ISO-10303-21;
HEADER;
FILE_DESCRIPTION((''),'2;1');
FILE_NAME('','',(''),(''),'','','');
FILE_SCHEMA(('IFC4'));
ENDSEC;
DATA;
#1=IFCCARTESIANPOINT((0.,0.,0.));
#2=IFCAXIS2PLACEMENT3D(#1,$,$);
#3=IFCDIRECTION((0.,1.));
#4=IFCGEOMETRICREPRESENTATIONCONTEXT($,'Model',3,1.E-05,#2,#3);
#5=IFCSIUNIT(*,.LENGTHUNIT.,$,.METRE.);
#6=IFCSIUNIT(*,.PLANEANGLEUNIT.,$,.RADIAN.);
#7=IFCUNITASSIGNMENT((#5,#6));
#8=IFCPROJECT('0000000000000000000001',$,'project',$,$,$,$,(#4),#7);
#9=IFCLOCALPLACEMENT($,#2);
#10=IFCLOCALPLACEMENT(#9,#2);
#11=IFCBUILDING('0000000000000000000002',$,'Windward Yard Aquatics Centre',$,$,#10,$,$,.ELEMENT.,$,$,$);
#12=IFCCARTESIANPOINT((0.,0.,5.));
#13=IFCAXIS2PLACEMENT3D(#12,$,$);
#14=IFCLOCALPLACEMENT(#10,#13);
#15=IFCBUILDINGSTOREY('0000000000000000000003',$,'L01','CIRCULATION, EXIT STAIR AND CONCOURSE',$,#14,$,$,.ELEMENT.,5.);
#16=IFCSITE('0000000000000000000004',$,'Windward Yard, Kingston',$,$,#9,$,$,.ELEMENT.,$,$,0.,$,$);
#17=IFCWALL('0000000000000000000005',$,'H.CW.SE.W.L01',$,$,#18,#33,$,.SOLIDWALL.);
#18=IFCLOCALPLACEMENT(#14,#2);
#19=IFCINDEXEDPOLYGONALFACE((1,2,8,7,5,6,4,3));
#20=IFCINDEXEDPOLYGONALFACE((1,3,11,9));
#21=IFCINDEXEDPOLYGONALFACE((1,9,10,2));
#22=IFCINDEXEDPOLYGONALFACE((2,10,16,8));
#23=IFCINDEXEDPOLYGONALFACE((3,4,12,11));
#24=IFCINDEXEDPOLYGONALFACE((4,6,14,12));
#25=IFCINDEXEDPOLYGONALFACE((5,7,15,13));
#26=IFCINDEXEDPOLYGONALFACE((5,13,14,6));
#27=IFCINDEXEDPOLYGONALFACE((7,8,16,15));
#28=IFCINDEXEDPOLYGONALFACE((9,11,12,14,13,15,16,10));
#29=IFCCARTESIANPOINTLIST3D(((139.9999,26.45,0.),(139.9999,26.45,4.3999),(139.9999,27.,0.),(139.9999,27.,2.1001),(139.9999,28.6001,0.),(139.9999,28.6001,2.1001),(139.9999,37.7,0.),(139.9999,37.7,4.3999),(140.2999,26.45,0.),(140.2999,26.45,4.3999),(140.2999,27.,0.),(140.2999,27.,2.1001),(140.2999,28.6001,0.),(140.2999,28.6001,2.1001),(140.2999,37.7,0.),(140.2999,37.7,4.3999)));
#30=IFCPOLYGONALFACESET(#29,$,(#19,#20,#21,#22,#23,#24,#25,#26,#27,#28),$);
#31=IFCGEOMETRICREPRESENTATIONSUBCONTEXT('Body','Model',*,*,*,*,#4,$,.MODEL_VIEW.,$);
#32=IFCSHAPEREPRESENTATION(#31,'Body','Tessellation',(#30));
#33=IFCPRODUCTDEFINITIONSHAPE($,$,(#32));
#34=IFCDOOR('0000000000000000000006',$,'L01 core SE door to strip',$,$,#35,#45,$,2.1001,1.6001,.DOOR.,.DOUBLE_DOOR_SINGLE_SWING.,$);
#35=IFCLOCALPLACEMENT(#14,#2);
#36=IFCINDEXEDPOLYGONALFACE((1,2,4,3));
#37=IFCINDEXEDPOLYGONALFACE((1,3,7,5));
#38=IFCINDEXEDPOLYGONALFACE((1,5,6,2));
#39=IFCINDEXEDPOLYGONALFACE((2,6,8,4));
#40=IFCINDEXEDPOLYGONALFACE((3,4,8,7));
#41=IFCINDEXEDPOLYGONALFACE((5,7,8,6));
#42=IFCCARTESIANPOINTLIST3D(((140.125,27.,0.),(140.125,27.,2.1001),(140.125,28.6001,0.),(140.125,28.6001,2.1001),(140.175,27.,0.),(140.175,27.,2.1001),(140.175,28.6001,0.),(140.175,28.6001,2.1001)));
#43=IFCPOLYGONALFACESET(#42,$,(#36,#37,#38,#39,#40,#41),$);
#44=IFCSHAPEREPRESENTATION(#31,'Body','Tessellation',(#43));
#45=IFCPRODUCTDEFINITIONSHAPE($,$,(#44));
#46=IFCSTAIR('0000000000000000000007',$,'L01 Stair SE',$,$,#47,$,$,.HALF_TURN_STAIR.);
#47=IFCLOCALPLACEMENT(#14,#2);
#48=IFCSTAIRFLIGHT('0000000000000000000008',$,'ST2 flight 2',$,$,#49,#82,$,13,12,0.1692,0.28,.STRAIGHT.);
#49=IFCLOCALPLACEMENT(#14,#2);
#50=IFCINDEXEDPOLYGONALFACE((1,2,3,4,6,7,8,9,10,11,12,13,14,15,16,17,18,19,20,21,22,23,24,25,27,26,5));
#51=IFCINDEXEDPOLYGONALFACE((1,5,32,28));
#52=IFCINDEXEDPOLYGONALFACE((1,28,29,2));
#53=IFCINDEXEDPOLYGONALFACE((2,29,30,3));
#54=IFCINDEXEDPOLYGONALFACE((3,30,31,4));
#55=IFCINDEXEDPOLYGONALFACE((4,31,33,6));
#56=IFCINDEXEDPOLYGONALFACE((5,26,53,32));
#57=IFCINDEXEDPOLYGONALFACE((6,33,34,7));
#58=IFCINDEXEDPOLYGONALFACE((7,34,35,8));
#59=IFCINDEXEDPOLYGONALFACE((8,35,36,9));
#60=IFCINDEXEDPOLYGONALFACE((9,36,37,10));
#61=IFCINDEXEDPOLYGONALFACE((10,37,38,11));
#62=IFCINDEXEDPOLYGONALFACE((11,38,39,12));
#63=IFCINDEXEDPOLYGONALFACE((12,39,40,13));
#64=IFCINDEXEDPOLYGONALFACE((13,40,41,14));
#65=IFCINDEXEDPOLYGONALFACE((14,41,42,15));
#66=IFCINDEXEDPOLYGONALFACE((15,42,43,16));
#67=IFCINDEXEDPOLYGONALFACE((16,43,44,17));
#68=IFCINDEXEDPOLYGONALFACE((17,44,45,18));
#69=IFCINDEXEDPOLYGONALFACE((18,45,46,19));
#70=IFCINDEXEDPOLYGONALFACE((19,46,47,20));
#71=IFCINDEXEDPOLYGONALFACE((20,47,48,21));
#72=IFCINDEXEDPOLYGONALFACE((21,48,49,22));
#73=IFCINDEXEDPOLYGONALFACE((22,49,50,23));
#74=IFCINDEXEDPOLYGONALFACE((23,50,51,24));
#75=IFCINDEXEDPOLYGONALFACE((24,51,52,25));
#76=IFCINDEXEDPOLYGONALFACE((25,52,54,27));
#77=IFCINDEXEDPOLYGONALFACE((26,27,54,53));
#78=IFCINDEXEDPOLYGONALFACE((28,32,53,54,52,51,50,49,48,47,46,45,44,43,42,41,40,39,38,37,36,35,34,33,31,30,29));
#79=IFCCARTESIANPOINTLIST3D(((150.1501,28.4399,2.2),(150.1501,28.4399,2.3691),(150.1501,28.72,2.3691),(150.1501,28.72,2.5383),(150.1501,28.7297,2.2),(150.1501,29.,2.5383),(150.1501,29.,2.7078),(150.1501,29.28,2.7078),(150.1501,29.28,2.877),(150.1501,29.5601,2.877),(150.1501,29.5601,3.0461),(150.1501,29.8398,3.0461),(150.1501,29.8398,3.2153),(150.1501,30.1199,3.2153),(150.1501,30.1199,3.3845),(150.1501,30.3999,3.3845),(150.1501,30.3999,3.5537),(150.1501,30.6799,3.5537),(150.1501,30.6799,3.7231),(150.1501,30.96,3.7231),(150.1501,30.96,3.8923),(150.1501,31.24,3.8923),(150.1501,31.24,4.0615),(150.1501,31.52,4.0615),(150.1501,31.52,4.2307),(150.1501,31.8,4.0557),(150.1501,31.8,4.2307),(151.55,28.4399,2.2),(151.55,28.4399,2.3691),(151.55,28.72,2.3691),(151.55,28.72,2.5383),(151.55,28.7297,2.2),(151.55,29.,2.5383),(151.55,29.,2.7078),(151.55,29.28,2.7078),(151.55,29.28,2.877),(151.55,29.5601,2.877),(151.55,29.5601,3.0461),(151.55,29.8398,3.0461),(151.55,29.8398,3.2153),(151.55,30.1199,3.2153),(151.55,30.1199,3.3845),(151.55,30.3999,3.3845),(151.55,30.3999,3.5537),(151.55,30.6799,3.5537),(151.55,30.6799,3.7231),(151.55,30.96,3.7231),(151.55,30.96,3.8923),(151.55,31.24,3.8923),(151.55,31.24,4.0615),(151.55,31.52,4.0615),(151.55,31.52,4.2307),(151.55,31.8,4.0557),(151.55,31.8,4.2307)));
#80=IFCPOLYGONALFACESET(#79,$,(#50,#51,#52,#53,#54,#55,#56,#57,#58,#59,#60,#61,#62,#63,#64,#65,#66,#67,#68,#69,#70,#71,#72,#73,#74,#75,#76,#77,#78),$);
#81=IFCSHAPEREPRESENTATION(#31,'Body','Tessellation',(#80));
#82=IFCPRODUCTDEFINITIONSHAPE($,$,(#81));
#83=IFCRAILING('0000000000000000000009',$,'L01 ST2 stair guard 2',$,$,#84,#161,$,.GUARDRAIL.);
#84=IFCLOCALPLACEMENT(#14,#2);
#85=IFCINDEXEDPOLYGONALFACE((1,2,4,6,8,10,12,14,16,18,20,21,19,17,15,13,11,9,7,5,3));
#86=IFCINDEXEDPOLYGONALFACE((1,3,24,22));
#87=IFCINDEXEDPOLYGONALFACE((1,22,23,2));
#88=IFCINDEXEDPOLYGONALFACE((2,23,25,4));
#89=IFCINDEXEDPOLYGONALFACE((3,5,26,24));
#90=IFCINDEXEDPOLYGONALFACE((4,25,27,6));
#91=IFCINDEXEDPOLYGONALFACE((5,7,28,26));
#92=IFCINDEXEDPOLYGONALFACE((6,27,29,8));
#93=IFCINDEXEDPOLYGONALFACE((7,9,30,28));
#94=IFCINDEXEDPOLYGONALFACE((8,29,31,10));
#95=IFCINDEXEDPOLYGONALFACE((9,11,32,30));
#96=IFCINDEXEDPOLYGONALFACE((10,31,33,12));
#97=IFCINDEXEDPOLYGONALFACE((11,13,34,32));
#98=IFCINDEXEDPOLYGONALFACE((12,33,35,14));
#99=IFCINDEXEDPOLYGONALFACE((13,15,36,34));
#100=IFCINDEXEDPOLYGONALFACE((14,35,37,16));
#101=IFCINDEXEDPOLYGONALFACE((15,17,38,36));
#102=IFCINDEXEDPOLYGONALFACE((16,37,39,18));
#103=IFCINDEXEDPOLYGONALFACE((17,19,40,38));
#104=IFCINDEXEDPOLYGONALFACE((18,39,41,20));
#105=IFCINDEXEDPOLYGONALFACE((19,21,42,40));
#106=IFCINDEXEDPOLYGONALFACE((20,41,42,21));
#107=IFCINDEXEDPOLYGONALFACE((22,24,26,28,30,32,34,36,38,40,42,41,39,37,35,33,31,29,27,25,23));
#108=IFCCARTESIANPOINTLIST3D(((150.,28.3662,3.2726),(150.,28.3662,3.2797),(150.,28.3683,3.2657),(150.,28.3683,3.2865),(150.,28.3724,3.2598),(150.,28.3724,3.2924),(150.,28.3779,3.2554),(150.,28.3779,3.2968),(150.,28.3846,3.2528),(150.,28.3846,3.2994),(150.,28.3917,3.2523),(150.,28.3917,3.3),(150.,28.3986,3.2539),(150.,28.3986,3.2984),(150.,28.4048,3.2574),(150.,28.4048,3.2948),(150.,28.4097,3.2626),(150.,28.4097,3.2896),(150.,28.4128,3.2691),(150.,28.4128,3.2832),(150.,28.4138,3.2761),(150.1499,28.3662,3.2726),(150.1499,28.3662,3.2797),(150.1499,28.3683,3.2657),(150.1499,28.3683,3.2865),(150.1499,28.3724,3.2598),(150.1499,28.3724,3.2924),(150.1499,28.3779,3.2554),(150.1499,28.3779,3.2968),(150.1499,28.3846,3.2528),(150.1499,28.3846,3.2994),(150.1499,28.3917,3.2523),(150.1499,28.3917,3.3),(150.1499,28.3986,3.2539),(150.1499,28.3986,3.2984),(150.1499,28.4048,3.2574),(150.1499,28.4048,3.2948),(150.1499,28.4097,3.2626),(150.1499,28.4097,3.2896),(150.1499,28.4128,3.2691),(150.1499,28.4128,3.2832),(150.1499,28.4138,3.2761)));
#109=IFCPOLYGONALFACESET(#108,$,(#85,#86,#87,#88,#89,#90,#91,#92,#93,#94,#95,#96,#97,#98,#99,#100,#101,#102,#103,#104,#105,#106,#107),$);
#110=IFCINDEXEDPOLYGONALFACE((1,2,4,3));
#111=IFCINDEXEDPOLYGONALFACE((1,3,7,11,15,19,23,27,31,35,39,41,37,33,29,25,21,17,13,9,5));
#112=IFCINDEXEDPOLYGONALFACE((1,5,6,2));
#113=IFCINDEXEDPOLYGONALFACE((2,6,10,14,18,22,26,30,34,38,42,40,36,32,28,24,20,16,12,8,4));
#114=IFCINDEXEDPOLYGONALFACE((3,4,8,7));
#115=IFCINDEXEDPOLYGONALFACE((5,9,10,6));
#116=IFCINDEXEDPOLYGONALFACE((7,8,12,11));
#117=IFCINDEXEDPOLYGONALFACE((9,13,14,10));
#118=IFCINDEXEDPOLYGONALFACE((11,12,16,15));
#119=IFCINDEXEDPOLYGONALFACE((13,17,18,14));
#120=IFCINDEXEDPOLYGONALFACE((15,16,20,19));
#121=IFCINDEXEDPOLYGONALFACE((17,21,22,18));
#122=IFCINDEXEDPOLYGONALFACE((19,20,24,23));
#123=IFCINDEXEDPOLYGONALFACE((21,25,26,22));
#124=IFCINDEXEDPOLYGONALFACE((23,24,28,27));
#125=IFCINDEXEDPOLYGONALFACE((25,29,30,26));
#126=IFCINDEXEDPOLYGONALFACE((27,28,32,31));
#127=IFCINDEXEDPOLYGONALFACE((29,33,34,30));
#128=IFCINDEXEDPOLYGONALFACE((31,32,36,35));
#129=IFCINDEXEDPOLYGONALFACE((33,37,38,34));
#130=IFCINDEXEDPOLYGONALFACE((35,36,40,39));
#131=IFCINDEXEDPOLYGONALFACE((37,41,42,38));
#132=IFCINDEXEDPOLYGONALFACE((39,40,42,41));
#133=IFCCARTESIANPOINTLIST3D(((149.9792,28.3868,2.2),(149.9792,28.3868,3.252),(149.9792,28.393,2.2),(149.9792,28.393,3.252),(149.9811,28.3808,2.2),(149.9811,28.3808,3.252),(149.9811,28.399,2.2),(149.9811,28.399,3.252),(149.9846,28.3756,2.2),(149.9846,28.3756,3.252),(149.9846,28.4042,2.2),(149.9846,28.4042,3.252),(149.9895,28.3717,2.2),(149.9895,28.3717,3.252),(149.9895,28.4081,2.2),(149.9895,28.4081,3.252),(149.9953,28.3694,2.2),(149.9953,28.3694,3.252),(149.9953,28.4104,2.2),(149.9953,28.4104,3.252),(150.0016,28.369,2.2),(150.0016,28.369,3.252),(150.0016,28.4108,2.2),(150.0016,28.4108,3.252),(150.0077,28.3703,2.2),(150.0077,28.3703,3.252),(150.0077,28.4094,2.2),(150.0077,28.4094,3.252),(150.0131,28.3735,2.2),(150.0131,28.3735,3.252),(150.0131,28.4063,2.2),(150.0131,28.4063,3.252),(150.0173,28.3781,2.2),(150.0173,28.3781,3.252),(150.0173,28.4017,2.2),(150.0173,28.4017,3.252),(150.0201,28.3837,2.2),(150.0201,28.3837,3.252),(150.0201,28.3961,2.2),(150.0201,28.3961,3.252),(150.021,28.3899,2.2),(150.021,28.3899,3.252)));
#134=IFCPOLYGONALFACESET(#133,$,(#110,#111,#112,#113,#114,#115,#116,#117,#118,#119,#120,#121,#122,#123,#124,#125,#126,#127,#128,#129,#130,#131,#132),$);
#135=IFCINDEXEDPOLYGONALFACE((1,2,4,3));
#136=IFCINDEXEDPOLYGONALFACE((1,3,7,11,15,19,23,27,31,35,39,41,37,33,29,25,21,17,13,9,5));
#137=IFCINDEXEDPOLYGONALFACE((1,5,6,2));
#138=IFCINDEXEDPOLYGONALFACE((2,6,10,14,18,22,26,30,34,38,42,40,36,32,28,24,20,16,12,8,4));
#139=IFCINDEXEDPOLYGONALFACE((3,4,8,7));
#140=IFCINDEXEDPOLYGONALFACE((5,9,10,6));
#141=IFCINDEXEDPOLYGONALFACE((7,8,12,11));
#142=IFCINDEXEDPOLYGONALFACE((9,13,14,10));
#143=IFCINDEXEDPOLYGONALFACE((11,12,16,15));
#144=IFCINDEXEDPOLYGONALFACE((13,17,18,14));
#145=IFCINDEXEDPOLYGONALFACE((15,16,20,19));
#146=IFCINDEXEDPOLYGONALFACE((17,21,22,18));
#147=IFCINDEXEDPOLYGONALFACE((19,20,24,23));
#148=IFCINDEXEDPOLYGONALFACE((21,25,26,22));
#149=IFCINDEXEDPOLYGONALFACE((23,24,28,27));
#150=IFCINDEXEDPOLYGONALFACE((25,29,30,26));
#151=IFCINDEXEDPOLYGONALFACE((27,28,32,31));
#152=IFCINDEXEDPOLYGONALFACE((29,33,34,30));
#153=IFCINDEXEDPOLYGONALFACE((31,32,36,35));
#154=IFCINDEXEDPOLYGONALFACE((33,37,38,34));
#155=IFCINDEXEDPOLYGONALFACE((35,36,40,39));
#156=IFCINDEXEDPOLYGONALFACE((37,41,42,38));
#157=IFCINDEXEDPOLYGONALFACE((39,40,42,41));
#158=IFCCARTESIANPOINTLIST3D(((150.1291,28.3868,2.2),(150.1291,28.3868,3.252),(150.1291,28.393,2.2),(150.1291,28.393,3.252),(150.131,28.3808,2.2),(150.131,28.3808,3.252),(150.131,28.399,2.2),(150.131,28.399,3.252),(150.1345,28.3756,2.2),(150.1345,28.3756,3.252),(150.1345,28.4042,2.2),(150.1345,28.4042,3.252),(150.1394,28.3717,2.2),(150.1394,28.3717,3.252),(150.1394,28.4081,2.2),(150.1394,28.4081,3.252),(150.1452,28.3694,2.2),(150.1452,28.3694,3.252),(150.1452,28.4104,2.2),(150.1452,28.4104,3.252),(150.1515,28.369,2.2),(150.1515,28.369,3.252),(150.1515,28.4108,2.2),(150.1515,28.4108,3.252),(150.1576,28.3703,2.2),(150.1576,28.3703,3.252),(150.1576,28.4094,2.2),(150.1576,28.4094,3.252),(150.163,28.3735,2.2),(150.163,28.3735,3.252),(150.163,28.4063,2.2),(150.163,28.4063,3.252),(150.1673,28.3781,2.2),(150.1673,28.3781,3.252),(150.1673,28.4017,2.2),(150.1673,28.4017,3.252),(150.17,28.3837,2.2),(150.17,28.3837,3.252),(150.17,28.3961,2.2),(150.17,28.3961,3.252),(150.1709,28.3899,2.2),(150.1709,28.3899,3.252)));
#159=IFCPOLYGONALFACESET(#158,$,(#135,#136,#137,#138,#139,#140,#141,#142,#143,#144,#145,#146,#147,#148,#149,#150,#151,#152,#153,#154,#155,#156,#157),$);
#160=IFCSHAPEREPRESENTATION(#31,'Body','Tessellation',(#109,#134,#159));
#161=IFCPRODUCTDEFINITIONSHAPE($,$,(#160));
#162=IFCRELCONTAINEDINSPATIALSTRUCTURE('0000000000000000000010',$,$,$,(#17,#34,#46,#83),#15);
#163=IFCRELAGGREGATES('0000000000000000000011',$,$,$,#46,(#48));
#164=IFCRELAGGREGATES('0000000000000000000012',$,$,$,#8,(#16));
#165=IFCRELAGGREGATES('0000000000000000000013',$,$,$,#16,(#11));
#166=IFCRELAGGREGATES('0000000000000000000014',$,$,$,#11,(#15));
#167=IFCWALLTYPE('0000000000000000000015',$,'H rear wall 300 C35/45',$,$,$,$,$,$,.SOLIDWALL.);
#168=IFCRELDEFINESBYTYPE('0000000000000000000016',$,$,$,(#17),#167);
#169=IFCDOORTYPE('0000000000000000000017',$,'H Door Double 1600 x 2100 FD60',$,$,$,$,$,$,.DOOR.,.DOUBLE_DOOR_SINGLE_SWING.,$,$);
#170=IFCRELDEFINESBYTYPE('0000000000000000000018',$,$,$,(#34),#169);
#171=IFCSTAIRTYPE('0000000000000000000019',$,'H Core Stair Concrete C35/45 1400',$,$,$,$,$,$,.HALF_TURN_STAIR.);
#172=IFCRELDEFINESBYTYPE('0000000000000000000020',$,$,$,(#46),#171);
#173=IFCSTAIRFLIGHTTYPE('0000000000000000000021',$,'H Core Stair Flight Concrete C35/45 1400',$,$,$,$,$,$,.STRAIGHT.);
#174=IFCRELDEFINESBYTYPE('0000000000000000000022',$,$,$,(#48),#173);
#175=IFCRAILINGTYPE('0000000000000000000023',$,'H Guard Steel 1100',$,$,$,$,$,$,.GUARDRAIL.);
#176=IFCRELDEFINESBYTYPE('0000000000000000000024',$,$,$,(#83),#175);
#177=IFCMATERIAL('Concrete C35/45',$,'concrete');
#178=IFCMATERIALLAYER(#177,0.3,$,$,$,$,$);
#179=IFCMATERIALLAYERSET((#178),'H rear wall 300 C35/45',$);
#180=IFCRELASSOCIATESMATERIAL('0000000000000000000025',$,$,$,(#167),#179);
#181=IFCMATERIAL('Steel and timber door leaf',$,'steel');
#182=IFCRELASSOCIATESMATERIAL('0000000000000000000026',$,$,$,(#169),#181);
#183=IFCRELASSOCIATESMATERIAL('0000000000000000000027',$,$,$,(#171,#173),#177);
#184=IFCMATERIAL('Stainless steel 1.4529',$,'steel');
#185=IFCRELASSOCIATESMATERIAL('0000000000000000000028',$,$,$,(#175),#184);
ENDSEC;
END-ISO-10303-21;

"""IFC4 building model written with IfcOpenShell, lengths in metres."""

from ifc_helpers import new_model, si_unit, direction, frame, frame_2d, origin, origin_2d, place, context, subcontext, project, spatial, polyline, rectangle, circle, outline, extrude, material, layer, layer_set, type_object, element, fill, aggregate, save


model = new_model("IFC4")

# Units and contexts
model_context = context("Model", 3, precision=1e-05, world=origin(), true_north=direction((0.0, 1.0)))
body_context = subcontext(model_context, "Body", "Model", "MODEL_VIEW")
ifc_project = project(units=[si_unit("LENGTHUNIT", "METRE"), si_unit("PLANEANGLEUNIT", "RADIAN")], contexts=[model_context])

# Site, building, storey
site_placement = place(None, origin())
site = spatial("IfcSite", under=ifc_project, at=site_placement, Name="Windward Yard, Kingston", CompositionType="ELEMENT", RefElevation=0.0)
building_placement = place(site_placement, origin())
building = spatial("IfcBuilding", under=site, at=building_placement, Name="Windward Yard Aquatics Centre", CompositionType="ELEMENT")
storey_placement = place(building_placement, frame((0.0, 0.0, 5.0)))
storey = spatial("IfcBuildingStorey", under=building, at=storey_placement, Name="L01", Description="CIRCULATION, EXIT STAIR AND CONCOURSE", CompositionType="ELEMENT", Elevation=5.0)

# Shared definitions
ifc_material_1 = material(Name="Concrete C35/45", Category="concrete")

# Shared definitions
ifc_material_2 = material(Name="Steel and timber door leaf", Category="steel")

# Wall, opening, door
ifc_layer_1 = layer(ifc_material_1, 0.3)
ifc_layer_set_1 = layer_set([ifc_layer_1], Name="H rear wall 300 C35/45")
wall_type_1 = type_object("IfcWallType", Name="H rear wall 300 C35/45", PredefinedType="SOLIDWALL", material=ifc_layer_set_1)
wall_1_placement = place(storey_placement, frame((140.1499, 26.45, 0.0), z_axis=(0.0, 0.0, 1.0), x_axis=(0.0, 1.0, 0.0)))
wall_1 = element("IfcWall", 1, at=wall_1_placement, inside=storey, type_object=wall_type_1, Name="H.CW.SE.W.L01", PredefinedType="SOLIDWALL", context=body_context, shape_type="SweptSolid", body=[
    extrude(rectangle(XDim=11.25, YDim=0.3, at=frame_2d((5.625, 0.0))), origin(), (0.0, 0.0, 1.0), 4.3999),
])
opening_1_placement = place(wall_1_placement, frame((0.55, 0.0, 0.0)))
opening_1 = element("IfcOpeningElement", 2, at=opening_1_placement, cuts=wall_1, PredefinedType="OPENING", context=body_context, shape_type="SweptSolid", body=[
    extrude(rectangle(XDim=1.6001, YDim=2.1001, at=frame_2d((0.8, 1.05))), frame((0.0, 0.1602, 0.0), z_axis=(0.0, -1.0, 0.0), x_axis=(1.0, 0.0, 0.0)), (0.0, 0.0, 1.0), 0.3201),
])
door_type_1 = type_object("IfcDoorType", Name="H Door Double 1600 x 2100 FD60", OperationType="DOUBLE_DOOR_SINGLE_SWING", PredefinedType="DOOR", material=ifc_material_2)
door_1_placement = place(opening_1_placement, origin())
door_1 = element("IfcDoor", 3, at=door_1_placement, inside=storey, type_object=door_type_1, Name="L01 core SE door to strip", OperationType="DOUBLE_DOOR_SINGLE_SWING", OverallHeight=2.1001, OverallWidth=1.6001, PredefinedType="DOOR", context=body_context, shape_type="SweptSolid", body=[
    extrude(rectangle(XDim=1.6001, YDim=2.1001, at=frame_2d((0.8, 1.05))), frame((0.0, 0.0249, 0.0), z_axis=(0.0, -1.0, 0.0), x_axis=(1.0, 0.0, 0.0)), (0.0, 0.0, 1.0), 0.05),
])
fill(opening_1, door_1)

# Stair, stair flight
stair_type = type_object("IfcStairType", Name="H Core Stair Concrete C35/45 1400", PredefinedType="HALF_TURN_STAIR", material=ifc_material_1)
stair_placement = place(storey_placement, origin())
stair = element("IfcStair", 4, at=stair_placement, inside=storey, type_object=stair_type, Name="L01 Stair SE", PredefinedType="HALF_TURN_STAIR")
stair_flight_type = type_object("IfcStairFlightType", Name="H Core Stair Flight Concrete C35/45 1400", PredefinedType="STRAIGHT", material=ifc_material_1)
stair_flight_placement = place(storey_placement, frame((150.8501, 28.4399, 2.2), z_axis=(0.0, 0.0, 1.0), x_axis=(0.0, 1.0, 0.0)))
stair_flight = element("IfcStairFlight", 5, at=stair_flight_placement, type_object=stair_flight_type, Name="ST2 flight 2", NumberOfRisers=13, NumberOfTreads=12, PredefinedType="STRAIGHT", RiserHeight=0.1692, TreadLength=0.28, context=body_context, shape_type="SweptSolid", body=[
    extrude(outline(polyline([(0.0, 0.0), (0.0, 0.1692), (0.28, 0.1692), (0.28, 0.3384), (0.5601, 0.3384), (0.5601, 0.5078), (0.8401, 0.5078), (0.8401, 0.677), (1.1201, 0.677), (1.1201, 0.8462), (1.3999, 0.8462), (1.3999, 1.0154), (1.6799, 1.0154), (1.6799, 1.1846), (1.96, 1.1846), (1.96, 1.3538), (2.24, 1.3538), (2.24, 1.5232), (2.52, 1.5232), (2.52, 1.6924), (2.8, 1.6924), (2.8, 1.8616), (3.0801, 1.8616), (3.0801, 2.0308), (3.3601, 2.0308), (3.3601, 2.2), (3.3601, 1.8557), (0.2898, 0.0), (0.0, 0.0)])), frame((0.0, 0.7, 0.0), z_axis=(0.0, -1.0, 0.0), x_axis=(1.0, 0.0, 0.0)), (0.0, 0.0, 1.0), 1.3999),
])
aggregate(stair, [stair_flight])

# Railing
ifc_material_3 = material(Name="Stainless steel 1.4529", Category="steel")
railing_type_1 = type_object("IfcRailingType", Name="H Guard Steel 1100", PredefinedType="GUARDRAIL", material=ifc_material_3)
railing_1_placement = place(storey_placement, frame((150.0, 28.3899, 2.2)))
element("IfcRailing", 6, at=railing_1_placement, inside=storey, type_object=railing_type_1, Name="L01 ST2 stair guard 2", PredefinedType="GUARDRAIL", context=body_context, shape_type="SweptSolid", body=[
    extrude(circle(Radius=0.0239, at=origin_2d()), frame((0.0, 0.0, 1.0762), z_axis=(1.0, 0.0, 0.0), x_axis=(0.0, 1.0, 0.0)), (0.0, 0.0, 1.0), 0.1499),
    extrude(circle(Radius=0.021, at=origin_2d()), origin(), (0.0, 0.0, 1.0), 1.052),
    extrude(circle(Radius=0.021, at=origin_2d()), frame((0.1499, 0.0, 0.0)), (0.0, 0.0, 1.0), 1.052),
])

save(model, "model.ifc")
